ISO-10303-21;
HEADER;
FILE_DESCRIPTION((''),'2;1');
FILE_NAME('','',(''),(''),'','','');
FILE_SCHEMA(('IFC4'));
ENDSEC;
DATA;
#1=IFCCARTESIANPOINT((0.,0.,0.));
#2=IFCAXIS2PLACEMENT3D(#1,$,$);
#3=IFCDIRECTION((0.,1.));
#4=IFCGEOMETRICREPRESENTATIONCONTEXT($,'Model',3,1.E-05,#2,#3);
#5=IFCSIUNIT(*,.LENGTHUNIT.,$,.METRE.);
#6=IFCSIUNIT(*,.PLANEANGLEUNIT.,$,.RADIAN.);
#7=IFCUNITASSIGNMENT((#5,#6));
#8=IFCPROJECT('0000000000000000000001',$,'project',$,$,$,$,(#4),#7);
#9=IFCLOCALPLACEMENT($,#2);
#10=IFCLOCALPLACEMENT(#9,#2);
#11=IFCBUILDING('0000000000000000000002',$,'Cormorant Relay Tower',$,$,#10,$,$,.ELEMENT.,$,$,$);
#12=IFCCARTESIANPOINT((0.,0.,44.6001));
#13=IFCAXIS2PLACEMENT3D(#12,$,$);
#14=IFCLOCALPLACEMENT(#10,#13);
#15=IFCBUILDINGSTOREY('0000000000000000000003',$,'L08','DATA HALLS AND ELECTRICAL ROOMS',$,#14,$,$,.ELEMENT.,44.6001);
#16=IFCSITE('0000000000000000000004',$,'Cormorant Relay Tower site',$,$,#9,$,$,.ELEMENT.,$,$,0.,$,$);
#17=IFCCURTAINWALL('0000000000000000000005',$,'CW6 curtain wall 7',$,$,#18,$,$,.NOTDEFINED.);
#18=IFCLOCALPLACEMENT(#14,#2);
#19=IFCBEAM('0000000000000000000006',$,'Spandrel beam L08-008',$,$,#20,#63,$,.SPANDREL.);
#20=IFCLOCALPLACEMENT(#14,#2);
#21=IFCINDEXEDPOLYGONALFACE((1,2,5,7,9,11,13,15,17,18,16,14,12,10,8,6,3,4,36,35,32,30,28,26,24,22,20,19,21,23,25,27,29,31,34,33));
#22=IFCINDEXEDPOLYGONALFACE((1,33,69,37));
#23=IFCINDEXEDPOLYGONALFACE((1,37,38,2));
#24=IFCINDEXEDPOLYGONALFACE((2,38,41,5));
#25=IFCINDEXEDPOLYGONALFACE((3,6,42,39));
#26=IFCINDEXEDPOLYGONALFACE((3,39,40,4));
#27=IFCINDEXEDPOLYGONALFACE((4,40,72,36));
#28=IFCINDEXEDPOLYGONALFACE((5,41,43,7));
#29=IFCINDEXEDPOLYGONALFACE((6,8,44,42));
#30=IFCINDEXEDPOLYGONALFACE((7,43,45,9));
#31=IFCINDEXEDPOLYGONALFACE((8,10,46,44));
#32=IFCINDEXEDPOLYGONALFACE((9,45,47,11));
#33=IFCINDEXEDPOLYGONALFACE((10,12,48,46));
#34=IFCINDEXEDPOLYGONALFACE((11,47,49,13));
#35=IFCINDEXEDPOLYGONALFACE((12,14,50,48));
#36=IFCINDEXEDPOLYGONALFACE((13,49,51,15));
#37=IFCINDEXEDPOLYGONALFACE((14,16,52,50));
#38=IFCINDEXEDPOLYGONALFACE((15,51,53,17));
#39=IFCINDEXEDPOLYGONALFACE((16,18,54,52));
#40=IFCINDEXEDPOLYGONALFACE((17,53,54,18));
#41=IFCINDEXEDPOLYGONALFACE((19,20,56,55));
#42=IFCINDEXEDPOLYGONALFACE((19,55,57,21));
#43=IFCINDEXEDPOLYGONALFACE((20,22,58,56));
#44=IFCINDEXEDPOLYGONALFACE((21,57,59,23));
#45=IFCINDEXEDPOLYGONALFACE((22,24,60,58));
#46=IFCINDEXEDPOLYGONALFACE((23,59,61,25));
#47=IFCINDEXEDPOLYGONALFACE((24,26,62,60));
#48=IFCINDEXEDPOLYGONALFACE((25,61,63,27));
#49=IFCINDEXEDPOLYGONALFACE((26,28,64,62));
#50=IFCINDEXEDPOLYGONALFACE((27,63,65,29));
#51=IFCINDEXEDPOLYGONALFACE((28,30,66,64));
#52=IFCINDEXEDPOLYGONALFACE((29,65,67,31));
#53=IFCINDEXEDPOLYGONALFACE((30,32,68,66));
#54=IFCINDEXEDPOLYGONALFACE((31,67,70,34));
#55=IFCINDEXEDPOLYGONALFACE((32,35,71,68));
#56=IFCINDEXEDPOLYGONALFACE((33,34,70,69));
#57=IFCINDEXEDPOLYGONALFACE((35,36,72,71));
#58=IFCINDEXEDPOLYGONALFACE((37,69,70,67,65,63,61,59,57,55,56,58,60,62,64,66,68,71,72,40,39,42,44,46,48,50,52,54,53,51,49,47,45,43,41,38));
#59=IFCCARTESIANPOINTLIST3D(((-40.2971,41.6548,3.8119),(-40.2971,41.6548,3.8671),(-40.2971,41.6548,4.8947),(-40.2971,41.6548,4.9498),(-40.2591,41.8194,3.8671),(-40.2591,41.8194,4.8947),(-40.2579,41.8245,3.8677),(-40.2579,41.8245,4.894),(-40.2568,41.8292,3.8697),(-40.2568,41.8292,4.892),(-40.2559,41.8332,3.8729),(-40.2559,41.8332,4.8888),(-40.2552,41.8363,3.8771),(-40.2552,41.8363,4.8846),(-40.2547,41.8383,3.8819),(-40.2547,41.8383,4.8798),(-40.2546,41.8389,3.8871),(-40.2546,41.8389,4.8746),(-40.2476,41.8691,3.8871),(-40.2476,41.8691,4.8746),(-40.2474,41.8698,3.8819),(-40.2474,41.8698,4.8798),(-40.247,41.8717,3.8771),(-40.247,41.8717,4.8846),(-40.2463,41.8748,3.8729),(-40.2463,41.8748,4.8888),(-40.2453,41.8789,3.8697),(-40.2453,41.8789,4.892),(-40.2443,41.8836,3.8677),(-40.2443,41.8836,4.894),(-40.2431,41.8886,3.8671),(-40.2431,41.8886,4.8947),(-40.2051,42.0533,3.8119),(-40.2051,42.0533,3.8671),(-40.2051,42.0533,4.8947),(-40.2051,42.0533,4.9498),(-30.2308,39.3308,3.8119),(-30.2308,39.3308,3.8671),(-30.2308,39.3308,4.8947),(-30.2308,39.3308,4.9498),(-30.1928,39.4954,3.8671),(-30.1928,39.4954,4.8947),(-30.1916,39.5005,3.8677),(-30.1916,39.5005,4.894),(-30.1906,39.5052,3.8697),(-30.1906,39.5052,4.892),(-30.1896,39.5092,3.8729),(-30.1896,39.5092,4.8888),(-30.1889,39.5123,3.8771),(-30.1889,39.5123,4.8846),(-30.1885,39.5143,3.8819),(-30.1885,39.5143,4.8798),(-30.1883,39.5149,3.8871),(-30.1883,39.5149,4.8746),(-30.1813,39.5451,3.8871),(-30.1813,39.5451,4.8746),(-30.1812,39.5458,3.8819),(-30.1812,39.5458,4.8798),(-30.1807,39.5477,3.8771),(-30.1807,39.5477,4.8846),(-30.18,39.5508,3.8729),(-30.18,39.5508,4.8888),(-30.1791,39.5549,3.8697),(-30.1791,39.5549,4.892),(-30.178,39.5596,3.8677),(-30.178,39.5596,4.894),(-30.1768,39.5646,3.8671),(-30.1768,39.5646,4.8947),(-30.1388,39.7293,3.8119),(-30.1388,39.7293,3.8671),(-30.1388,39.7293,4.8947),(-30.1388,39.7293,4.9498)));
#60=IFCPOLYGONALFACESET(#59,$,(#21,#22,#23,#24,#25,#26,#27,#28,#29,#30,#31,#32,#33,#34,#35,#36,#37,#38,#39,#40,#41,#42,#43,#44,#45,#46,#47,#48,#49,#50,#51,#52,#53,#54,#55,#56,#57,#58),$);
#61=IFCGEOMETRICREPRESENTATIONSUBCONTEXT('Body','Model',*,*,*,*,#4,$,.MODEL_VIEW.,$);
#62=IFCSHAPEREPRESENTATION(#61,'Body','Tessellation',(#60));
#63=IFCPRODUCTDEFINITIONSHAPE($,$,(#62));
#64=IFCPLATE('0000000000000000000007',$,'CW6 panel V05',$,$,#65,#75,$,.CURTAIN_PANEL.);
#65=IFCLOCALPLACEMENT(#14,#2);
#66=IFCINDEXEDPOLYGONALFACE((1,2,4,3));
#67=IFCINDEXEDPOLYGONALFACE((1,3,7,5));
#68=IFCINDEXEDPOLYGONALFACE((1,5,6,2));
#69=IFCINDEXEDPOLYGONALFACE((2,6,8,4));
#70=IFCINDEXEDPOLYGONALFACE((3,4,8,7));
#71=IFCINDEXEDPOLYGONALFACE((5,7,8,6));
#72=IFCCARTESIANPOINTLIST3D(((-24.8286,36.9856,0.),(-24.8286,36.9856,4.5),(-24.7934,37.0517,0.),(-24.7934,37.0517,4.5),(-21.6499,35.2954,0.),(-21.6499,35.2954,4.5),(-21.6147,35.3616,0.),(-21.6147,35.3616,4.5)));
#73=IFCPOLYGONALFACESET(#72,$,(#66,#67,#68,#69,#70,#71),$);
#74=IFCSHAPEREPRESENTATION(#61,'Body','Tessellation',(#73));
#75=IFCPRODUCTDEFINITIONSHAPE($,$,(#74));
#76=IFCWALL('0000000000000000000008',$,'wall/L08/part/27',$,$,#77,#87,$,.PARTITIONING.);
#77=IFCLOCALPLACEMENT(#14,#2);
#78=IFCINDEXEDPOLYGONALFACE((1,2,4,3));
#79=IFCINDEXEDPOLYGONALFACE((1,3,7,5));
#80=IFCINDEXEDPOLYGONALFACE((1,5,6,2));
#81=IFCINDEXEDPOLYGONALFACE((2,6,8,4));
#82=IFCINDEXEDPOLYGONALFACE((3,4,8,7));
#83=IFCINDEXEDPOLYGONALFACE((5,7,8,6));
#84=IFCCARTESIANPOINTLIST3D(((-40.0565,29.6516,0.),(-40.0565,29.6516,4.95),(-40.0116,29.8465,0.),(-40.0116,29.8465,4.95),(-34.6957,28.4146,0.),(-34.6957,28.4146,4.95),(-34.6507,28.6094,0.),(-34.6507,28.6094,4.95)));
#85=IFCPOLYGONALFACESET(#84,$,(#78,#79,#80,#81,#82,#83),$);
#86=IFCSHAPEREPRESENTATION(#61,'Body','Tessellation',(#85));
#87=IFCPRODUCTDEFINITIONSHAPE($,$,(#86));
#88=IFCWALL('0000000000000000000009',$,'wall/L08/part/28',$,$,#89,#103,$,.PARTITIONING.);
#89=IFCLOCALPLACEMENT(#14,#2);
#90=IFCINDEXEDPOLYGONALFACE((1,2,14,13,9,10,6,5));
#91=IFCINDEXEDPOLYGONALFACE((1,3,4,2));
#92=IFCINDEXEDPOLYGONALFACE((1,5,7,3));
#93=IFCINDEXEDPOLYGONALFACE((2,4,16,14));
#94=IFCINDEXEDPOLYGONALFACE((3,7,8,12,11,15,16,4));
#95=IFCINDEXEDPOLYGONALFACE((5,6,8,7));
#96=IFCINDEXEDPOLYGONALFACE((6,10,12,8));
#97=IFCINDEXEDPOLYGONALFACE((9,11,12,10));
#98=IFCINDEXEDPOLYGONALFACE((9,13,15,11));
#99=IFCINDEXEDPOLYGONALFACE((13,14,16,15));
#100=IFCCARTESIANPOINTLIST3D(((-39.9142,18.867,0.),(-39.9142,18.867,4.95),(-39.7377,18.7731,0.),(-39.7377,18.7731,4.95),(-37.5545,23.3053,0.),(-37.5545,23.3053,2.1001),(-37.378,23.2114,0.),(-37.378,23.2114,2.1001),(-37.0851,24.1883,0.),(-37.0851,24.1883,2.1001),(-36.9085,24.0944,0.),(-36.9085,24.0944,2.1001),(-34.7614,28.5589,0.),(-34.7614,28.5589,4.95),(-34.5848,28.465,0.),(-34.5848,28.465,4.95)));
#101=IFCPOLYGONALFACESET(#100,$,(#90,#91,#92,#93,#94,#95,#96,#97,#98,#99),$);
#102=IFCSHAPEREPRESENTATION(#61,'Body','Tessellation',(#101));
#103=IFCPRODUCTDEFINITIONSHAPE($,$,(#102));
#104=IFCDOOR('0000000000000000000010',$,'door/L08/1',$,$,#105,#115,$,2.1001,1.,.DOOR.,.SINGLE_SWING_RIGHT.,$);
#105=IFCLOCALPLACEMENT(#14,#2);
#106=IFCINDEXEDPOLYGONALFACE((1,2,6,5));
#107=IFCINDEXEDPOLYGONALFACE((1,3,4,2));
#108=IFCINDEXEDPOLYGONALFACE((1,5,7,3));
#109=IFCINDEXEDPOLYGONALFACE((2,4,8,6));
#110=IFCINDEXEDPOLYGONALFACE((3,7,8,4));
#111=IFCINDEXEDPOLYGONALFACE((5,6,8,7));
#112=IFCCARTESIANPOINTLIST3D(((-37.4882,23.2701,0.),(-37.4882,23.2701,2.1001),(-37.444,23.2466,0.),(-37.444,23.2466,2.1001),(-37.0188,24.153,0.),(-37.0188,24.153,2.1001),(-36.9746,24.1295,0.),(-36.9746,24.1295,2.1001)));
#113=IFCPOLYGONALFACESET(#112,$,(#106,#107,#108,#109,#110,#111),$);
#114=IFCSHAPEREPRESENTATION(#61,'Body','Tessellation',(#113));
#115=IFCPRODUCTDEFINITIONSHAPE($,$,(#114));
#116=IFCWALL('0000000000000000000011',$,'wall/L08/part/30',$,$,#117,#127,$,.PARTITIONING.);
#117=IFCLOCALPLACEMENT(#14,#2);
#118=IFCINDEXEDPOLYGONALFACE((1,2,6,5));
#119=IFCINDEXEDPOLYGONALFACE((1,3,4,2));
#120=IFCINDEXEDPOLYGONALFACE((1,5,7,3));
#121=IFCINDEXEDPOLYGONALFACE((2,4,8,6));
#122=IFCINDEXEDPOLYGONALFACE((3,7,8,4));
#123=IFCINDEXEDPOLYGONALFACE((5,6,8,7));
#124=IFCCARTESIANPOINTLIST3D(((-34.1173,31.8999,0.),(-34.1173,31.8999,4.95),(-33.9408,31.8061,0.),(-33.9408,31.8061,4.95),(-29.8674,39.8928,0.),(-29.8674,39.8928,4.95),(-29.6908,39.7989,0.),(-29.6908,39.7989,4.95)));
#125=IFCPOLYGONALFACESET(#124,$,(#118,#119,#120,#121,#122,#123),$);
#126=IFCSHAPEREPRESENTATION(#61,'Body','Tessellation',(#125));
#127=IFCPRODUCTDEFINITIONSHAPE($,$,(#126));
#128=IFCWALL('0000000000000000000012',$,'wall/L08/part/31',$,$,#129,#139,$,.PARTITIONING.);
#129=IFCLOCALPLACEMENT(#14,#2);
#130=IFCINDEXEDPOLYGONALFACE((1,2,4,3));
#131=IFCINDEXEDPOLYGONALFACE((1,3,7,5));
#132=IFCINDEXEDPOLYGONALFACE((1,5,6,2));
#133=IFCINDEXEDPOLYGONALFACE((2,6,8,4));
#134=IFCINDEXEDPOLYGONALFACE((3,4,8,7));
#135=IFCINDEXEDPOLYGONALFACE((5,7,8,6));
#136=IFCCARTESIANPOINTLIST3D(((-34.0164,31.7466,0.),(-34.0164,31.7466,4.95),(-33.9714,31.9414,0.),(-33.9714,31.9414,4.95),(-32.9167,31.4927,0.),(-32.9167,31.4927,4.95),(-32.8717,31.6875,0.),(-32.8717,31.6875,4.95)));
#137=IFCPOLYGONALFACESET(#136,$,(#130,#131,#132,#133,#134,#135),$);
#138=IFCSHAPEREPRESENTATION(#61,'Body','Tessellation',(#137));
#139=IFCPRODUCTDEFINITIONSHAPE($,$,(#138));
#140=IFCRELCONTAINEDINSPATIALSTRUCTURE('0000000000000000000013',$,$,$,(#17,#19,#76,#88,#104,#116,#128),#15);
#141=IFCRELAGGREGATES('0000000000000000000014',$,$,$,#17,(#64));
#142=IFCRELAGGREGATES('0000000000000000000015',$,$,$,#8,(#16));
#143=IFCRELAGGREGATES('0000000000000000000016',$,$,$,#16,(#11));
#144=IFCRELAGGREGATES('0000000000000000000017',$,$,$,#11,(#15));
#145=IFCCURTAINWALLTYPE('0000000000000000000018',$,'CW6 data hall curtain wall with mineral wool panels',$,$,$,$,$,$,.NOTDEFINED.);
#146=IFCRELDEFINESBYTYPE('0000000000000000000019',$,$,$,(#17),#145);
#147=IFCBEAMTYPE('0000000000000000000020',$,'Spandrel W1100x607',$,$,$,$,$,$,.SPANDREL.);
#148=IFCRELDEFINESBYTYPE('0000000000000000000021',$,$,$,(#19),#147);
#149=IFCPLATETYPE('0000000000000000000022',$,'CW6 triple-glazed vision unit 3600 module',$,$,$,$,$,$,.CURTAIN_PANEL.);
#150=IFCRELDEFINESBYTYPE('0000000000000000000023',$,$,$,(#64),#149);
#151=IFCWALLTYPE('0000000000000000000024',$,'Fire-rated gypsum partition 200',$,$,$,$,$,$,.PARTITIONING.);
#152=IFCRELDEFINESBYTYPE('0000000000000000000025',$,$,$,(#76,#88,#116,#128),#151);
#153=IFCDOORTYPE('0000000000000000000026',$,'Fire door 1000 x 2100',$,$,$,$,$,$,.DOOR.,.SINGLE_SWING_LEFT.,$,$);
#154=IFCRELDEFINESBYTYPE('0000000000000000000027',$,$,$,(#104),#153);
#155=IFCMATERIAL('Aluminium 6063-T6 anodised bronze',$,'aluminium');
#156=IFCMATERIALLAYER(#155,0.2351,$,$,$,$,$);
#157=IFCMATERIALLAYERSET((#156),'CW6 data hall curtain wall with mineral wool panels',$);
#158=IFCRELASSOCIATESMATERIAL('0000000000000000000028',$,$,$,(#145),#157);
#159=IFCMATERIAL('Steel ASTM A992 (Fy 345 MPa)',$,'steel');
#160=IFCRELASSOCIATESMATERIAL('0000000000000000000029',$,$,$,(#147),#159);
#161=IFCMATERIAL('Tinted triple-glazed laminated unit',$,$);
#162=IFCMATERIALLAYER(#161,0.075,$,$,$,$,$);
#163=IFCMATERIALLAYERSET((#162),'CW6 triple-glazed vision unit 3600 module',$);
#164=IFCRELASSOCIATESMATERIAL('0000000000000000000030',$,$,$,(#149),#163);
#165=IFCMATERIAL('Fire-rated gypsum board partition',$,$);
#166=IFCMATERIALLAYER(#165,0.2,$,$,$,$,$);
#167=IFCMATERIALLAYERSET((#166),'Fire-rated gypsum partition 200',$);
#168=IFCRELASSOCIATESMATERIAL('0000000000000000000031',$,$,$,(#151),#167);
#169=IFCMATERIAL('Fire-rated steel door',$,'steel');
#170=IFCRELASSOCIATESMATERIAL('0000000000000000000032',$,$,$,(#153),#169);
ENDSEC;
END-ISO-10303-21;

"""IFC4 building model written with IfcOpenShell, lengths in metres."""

from ifc_helpers import new_model, si_unit, direction, frame, frame_2d, origin, origin_2d, place, context, subcontext, project, spatial, rectangle, i_section, extrude, material, layer, layer_set, material_profile, profile_set, type_object, element, fill, aggregate, save


model = new_model("IFC4")

# Units and contexts
model_context = context("Model", 3, precision=1e-05, world=origin(), true_north=direction((0.0, 1.0)))
body_context = subcontext(model_context, "Body", "Model", "MODEL_VIEW")
ifc_project = project(units=[si_unit("LENGTHUNIT", "METRE"), si_unit("PLANEANGLEUNIT", "RADIAN")], contexts=[model_context])

# Site, building, storey
site_placement = place(None, origin())
site = spatial("IfcSite", under=ifc_project, at=site_placement, Name="Cormorant Relay Tower site", CompositionType="ELEMENT", RefElevation=0.0)
building_placement = place(site_placement, origin())
building = spatial("IfcBuilding", under=site, at=building_placement, Name="Cormorant Relay Tower", CompositionType="ELEMENT")
storey_placement = place(building_placement, frame((0.0, 0.0, 44.6001)))
storey = spatial("IfcBuildingStorey", under=building, at=storey_placement, Name="L08", Description="DATA HALLS AND ELECTRICAL ROOMS", CompositionType="ELEMENT", Elevation=44.6001)

# Curtain wall
ifc_material_1 = material(Name="Aluminium 6063-T6 anodised bronze", Category="aluminium")
ifc_layer_1 = layer(ifc_material_1, 0.2351)
ifc_layer_set_1 = layer_set([ifc_layer_1], Name="CW6 data hall curtain wall with mineral wool panels")
curtain_wall_type = type_object("IfcCurtainWallType", Name="CW6 data hall curtain wall with mineral wool panels", PredefinedType="NOTDEFINED", material=ifc_layer_set_1)
curtain_wall_1_placement = place(storey_placement, origin())
curtain_wall_1 = element("IfcCurtainWall", 1, at=curtain_wall_1_placement, inside=storey, type_object=curtain_wall_type, Name="CW6 curtain wall 7", PredefinedType="NOTDEFINED")

# Beam
ifc_material_2 = material(Name="Steel ASTM A992 (Fy 345 MPa)", Category="steel")
ifc_material_profile_1 = material_profile(ifc_material_2, i_section(OverallWidth=0.4089, OverallDepth=1.1379, WebThickness=0.031, FlangeThickness=0.0552, FilletRadius=0.02, at=origin_2d()), Name="W1100x607")
ifc_profile_set_1 = profile_set([ifc_material_profile_1], Name="Steel ASTM A992 (Fy 345 MPa)")
beam_type = type_object("IfcBeamType", Name="Spandrel W1100x607", PredefinedType="SPANDREL", material=ifc_profile_set_1)
beam_placement = place(storey_placement, frame((-30.1848, 39.53, 4.3809), z_axis=(-0.97437, 0.224953, 0.0), x_axis=(-0.224953, -0.97437, 0.0)))
element("IfcBeam", 2, at=beam_placement, inside=storey, type_object=beam_type, Name="Spandrel beam L08-008", PredefinedType="SPANDREL", context=body_context, shape_type="SweptSolid", body=[
    extrude(i_section(OverallWidth=0.4089, OverallDepth=1.1379, WebThickness=0.031, FlangeThickness=0.0552, FilletRadius=0.02, at=origin_2d()), origin(), (0.0, 0.0, 1.0), 10.3311),
])

# Plate
ifc_material_3 = material(Name="Tinted triple-glazed laminated unit")
ifc_layer_2 = layer(ifc_material_3, 0.075)
ifc_layer_set_2 = layer_set([ifc_layer_2], Name="CW6 triple-glazed vision unit 3600 module")
plate_type = type_object("IfcPlateType", Name="CW6 triple-glazed vision unit 3600 module", PredefinedType="CURTAIN_PANEL", material=ifc_layer_set_2)
plate_placement = place(storey_placement, frame((-23.2217, 36.1736, 0.0), z_axis=(0.0, 0.0, 1.0), x_axis=(-0.882948, 0.469472, 0.0)))
plate = element("IfcPlate", 3, at=plate_placement, type_object=plate_type, Name="CW6 panel V05", PredefinedType="CURTAIN_PANEL", context=body_context, shape_type="SweptSolid", body=[
    extrude(rectangle(XDim=3.6001, YDim=0.075, at=origin_2d()), origin(), (0.0, 0.0, 1.0), 4.5),
])

# Wall
ifc_material_4 = material(Name="Fire-rated gypsum board partition")
ifc_layer_3 = layer(ifc_material_4, 0.2)
ifc_layer_set_3 = layer_set([ifc_layer_3], Name="Fire-rated gypsum partition 200")
wall_type = type_object("IfcWallType", Name="Fire-rated gypsum partition 200", PredefinedType="PARTITIONING", material=ifc_layer_set_3)
wall_1_placement = place(storey_placement, frame((-34.6731, 28.512, 0.0), z_axis=(0.0, 0.0, 1.0), x_axis=(-0.974393, 0.22485, 0.0)))
element("IfcWall", 4, at=wall_1_placement, inside=storey, type_object=wall_type, Name="wall/L08/part/27", PredefinedType="PARTITIONING", context=body_context, shape_type="SweptSolid", body=[
    extrude(rectangle(XDim=5.5017, YDim=0.2, at=frame_2d((2.751, 0.0))), origin(), (0.0, 0.0, 1.0), 4.95),
])

# Wall, opening, door
wall_2_placement = place(storey_placement, frame((-34.6731, 28.512, 0.0), z_axis=(0.0, 0.0, 1.0), x_axis=(-0.46944, -0.882964, 0.0)))
wall_2 = element("IfcWall", 5, at=wall_2_placement, inside=storey, type_object=wall_type, Name="wall/L08/part/28", PredefinedType="PARTITIONING", context=body_context, shape_type="SweptSolid", body=[
    extrude(rectangle(XDim=10.9766, YDim=0.2, at=frame_2d((5.4883, 0.0))), origin(), (0.0, 0.0, 1.0), 4.95),
])
opening_1_placement = place(wall_2_placement, frame((4.95, 0.0, 0.0)))
opening_1 = element("IfcOpeningElement", 6, at=opening_1_placement, cuts=wall_2, PredefinedType="OPENING", context=body_context, shape_type="SweptSolid", body=[
    extrude(rectangle(XDim=1.0, YDim=2.1001, at=frame_2d((0.5, 1.05))), frame((0.0, 0.1099, 0.0), z_axis=(0.0, -1.0, 0.0), x_axis=(1.0, 0.0, 0.0)), (0.0, 0.0, 1.0), 0.22),
])
ifc_material_5 = material(Name="Fire-rated steel door", Category="steel")
door_type = type_object("IfcDoorType", Name="Fire door 1000 x 2100", OperationType="SINGLE_SWING_LEFT", PredefinedType="DOOR", material=ifc_material_5)
door_1_placement = place(opening_1_placement, frame((1.0, 0.0, 0.0), z_axis=(0.0, 0.0, 1.0), x_axis=(-1.0, 0.0, 0.0)))
door_1 = element("IfcDoor", 7, at=door_1_placement, inside=storey, type_object=door_type, Name="door/L08/1", OperationType="SINGLE_SWING_RIGHT", OverallHeight=2.1001, OverallWidth=1.0, PredefinedType="DOOR", context=body_context, shape_type="SweptSolid", body=[
    extrude(rectangle(XDim=1.0, YDim=2.1001, at=frame_2d((0.5, 1.05))), frame((0.0, 0.0249, 0.0), z_axis=(0.0, -1.0, 0.0), x_axis=(1.0, 0.0, 0.0)), (0.0, 0.0, 1.0), 0.05),
])
fill(opening_1, door_1)

# Walls
wall_3_placement = place(storey_placement, frame((-29.7791, 39.8459, 0.0), z_axis=(0.0, 0.0, 1.0), x_axis=(-0.469479, -0.882944, 0.0)))
element("IfcWall", 8, at=wall_3_placement, inside=storey, type_object=wall_type, Name="wall/L08/part/30", PredefinedType="PARTITIONING", context=body_context, shape_type="SweptSolid", body=[
    extrude(rectangle(XDim=9.0525, YDim=0.2, at=frame_2d((4.5264, 0.0))), origin(), (0.0, 0.0, 1.0), 4.95),
])
wall_4_placement = place(storey_placement, frame((-32.894, 31.5901, 0.0), z_axis=(0.0, 0.0, 1.0), x_axis=(-0.974373, 0.224938, 0.0)))
element("IfcWall", 9, at=wall_4_placement, inside=storey, type_object=wall_type, Name="wall/L08/part/31", PredefinedType="PARTITIONING", context=body_context, shape_type="SweptSolid", body=[
    extrude(rectangle(XDim=1.1287, YDim=0.2, at=frame_2d((0.5645, 0.0))), origin(), (0.0, 0.0, 1.0), 4.95),
])

aggregate(curtain_wall_1, [plate])

save(model, "model.ifc")
